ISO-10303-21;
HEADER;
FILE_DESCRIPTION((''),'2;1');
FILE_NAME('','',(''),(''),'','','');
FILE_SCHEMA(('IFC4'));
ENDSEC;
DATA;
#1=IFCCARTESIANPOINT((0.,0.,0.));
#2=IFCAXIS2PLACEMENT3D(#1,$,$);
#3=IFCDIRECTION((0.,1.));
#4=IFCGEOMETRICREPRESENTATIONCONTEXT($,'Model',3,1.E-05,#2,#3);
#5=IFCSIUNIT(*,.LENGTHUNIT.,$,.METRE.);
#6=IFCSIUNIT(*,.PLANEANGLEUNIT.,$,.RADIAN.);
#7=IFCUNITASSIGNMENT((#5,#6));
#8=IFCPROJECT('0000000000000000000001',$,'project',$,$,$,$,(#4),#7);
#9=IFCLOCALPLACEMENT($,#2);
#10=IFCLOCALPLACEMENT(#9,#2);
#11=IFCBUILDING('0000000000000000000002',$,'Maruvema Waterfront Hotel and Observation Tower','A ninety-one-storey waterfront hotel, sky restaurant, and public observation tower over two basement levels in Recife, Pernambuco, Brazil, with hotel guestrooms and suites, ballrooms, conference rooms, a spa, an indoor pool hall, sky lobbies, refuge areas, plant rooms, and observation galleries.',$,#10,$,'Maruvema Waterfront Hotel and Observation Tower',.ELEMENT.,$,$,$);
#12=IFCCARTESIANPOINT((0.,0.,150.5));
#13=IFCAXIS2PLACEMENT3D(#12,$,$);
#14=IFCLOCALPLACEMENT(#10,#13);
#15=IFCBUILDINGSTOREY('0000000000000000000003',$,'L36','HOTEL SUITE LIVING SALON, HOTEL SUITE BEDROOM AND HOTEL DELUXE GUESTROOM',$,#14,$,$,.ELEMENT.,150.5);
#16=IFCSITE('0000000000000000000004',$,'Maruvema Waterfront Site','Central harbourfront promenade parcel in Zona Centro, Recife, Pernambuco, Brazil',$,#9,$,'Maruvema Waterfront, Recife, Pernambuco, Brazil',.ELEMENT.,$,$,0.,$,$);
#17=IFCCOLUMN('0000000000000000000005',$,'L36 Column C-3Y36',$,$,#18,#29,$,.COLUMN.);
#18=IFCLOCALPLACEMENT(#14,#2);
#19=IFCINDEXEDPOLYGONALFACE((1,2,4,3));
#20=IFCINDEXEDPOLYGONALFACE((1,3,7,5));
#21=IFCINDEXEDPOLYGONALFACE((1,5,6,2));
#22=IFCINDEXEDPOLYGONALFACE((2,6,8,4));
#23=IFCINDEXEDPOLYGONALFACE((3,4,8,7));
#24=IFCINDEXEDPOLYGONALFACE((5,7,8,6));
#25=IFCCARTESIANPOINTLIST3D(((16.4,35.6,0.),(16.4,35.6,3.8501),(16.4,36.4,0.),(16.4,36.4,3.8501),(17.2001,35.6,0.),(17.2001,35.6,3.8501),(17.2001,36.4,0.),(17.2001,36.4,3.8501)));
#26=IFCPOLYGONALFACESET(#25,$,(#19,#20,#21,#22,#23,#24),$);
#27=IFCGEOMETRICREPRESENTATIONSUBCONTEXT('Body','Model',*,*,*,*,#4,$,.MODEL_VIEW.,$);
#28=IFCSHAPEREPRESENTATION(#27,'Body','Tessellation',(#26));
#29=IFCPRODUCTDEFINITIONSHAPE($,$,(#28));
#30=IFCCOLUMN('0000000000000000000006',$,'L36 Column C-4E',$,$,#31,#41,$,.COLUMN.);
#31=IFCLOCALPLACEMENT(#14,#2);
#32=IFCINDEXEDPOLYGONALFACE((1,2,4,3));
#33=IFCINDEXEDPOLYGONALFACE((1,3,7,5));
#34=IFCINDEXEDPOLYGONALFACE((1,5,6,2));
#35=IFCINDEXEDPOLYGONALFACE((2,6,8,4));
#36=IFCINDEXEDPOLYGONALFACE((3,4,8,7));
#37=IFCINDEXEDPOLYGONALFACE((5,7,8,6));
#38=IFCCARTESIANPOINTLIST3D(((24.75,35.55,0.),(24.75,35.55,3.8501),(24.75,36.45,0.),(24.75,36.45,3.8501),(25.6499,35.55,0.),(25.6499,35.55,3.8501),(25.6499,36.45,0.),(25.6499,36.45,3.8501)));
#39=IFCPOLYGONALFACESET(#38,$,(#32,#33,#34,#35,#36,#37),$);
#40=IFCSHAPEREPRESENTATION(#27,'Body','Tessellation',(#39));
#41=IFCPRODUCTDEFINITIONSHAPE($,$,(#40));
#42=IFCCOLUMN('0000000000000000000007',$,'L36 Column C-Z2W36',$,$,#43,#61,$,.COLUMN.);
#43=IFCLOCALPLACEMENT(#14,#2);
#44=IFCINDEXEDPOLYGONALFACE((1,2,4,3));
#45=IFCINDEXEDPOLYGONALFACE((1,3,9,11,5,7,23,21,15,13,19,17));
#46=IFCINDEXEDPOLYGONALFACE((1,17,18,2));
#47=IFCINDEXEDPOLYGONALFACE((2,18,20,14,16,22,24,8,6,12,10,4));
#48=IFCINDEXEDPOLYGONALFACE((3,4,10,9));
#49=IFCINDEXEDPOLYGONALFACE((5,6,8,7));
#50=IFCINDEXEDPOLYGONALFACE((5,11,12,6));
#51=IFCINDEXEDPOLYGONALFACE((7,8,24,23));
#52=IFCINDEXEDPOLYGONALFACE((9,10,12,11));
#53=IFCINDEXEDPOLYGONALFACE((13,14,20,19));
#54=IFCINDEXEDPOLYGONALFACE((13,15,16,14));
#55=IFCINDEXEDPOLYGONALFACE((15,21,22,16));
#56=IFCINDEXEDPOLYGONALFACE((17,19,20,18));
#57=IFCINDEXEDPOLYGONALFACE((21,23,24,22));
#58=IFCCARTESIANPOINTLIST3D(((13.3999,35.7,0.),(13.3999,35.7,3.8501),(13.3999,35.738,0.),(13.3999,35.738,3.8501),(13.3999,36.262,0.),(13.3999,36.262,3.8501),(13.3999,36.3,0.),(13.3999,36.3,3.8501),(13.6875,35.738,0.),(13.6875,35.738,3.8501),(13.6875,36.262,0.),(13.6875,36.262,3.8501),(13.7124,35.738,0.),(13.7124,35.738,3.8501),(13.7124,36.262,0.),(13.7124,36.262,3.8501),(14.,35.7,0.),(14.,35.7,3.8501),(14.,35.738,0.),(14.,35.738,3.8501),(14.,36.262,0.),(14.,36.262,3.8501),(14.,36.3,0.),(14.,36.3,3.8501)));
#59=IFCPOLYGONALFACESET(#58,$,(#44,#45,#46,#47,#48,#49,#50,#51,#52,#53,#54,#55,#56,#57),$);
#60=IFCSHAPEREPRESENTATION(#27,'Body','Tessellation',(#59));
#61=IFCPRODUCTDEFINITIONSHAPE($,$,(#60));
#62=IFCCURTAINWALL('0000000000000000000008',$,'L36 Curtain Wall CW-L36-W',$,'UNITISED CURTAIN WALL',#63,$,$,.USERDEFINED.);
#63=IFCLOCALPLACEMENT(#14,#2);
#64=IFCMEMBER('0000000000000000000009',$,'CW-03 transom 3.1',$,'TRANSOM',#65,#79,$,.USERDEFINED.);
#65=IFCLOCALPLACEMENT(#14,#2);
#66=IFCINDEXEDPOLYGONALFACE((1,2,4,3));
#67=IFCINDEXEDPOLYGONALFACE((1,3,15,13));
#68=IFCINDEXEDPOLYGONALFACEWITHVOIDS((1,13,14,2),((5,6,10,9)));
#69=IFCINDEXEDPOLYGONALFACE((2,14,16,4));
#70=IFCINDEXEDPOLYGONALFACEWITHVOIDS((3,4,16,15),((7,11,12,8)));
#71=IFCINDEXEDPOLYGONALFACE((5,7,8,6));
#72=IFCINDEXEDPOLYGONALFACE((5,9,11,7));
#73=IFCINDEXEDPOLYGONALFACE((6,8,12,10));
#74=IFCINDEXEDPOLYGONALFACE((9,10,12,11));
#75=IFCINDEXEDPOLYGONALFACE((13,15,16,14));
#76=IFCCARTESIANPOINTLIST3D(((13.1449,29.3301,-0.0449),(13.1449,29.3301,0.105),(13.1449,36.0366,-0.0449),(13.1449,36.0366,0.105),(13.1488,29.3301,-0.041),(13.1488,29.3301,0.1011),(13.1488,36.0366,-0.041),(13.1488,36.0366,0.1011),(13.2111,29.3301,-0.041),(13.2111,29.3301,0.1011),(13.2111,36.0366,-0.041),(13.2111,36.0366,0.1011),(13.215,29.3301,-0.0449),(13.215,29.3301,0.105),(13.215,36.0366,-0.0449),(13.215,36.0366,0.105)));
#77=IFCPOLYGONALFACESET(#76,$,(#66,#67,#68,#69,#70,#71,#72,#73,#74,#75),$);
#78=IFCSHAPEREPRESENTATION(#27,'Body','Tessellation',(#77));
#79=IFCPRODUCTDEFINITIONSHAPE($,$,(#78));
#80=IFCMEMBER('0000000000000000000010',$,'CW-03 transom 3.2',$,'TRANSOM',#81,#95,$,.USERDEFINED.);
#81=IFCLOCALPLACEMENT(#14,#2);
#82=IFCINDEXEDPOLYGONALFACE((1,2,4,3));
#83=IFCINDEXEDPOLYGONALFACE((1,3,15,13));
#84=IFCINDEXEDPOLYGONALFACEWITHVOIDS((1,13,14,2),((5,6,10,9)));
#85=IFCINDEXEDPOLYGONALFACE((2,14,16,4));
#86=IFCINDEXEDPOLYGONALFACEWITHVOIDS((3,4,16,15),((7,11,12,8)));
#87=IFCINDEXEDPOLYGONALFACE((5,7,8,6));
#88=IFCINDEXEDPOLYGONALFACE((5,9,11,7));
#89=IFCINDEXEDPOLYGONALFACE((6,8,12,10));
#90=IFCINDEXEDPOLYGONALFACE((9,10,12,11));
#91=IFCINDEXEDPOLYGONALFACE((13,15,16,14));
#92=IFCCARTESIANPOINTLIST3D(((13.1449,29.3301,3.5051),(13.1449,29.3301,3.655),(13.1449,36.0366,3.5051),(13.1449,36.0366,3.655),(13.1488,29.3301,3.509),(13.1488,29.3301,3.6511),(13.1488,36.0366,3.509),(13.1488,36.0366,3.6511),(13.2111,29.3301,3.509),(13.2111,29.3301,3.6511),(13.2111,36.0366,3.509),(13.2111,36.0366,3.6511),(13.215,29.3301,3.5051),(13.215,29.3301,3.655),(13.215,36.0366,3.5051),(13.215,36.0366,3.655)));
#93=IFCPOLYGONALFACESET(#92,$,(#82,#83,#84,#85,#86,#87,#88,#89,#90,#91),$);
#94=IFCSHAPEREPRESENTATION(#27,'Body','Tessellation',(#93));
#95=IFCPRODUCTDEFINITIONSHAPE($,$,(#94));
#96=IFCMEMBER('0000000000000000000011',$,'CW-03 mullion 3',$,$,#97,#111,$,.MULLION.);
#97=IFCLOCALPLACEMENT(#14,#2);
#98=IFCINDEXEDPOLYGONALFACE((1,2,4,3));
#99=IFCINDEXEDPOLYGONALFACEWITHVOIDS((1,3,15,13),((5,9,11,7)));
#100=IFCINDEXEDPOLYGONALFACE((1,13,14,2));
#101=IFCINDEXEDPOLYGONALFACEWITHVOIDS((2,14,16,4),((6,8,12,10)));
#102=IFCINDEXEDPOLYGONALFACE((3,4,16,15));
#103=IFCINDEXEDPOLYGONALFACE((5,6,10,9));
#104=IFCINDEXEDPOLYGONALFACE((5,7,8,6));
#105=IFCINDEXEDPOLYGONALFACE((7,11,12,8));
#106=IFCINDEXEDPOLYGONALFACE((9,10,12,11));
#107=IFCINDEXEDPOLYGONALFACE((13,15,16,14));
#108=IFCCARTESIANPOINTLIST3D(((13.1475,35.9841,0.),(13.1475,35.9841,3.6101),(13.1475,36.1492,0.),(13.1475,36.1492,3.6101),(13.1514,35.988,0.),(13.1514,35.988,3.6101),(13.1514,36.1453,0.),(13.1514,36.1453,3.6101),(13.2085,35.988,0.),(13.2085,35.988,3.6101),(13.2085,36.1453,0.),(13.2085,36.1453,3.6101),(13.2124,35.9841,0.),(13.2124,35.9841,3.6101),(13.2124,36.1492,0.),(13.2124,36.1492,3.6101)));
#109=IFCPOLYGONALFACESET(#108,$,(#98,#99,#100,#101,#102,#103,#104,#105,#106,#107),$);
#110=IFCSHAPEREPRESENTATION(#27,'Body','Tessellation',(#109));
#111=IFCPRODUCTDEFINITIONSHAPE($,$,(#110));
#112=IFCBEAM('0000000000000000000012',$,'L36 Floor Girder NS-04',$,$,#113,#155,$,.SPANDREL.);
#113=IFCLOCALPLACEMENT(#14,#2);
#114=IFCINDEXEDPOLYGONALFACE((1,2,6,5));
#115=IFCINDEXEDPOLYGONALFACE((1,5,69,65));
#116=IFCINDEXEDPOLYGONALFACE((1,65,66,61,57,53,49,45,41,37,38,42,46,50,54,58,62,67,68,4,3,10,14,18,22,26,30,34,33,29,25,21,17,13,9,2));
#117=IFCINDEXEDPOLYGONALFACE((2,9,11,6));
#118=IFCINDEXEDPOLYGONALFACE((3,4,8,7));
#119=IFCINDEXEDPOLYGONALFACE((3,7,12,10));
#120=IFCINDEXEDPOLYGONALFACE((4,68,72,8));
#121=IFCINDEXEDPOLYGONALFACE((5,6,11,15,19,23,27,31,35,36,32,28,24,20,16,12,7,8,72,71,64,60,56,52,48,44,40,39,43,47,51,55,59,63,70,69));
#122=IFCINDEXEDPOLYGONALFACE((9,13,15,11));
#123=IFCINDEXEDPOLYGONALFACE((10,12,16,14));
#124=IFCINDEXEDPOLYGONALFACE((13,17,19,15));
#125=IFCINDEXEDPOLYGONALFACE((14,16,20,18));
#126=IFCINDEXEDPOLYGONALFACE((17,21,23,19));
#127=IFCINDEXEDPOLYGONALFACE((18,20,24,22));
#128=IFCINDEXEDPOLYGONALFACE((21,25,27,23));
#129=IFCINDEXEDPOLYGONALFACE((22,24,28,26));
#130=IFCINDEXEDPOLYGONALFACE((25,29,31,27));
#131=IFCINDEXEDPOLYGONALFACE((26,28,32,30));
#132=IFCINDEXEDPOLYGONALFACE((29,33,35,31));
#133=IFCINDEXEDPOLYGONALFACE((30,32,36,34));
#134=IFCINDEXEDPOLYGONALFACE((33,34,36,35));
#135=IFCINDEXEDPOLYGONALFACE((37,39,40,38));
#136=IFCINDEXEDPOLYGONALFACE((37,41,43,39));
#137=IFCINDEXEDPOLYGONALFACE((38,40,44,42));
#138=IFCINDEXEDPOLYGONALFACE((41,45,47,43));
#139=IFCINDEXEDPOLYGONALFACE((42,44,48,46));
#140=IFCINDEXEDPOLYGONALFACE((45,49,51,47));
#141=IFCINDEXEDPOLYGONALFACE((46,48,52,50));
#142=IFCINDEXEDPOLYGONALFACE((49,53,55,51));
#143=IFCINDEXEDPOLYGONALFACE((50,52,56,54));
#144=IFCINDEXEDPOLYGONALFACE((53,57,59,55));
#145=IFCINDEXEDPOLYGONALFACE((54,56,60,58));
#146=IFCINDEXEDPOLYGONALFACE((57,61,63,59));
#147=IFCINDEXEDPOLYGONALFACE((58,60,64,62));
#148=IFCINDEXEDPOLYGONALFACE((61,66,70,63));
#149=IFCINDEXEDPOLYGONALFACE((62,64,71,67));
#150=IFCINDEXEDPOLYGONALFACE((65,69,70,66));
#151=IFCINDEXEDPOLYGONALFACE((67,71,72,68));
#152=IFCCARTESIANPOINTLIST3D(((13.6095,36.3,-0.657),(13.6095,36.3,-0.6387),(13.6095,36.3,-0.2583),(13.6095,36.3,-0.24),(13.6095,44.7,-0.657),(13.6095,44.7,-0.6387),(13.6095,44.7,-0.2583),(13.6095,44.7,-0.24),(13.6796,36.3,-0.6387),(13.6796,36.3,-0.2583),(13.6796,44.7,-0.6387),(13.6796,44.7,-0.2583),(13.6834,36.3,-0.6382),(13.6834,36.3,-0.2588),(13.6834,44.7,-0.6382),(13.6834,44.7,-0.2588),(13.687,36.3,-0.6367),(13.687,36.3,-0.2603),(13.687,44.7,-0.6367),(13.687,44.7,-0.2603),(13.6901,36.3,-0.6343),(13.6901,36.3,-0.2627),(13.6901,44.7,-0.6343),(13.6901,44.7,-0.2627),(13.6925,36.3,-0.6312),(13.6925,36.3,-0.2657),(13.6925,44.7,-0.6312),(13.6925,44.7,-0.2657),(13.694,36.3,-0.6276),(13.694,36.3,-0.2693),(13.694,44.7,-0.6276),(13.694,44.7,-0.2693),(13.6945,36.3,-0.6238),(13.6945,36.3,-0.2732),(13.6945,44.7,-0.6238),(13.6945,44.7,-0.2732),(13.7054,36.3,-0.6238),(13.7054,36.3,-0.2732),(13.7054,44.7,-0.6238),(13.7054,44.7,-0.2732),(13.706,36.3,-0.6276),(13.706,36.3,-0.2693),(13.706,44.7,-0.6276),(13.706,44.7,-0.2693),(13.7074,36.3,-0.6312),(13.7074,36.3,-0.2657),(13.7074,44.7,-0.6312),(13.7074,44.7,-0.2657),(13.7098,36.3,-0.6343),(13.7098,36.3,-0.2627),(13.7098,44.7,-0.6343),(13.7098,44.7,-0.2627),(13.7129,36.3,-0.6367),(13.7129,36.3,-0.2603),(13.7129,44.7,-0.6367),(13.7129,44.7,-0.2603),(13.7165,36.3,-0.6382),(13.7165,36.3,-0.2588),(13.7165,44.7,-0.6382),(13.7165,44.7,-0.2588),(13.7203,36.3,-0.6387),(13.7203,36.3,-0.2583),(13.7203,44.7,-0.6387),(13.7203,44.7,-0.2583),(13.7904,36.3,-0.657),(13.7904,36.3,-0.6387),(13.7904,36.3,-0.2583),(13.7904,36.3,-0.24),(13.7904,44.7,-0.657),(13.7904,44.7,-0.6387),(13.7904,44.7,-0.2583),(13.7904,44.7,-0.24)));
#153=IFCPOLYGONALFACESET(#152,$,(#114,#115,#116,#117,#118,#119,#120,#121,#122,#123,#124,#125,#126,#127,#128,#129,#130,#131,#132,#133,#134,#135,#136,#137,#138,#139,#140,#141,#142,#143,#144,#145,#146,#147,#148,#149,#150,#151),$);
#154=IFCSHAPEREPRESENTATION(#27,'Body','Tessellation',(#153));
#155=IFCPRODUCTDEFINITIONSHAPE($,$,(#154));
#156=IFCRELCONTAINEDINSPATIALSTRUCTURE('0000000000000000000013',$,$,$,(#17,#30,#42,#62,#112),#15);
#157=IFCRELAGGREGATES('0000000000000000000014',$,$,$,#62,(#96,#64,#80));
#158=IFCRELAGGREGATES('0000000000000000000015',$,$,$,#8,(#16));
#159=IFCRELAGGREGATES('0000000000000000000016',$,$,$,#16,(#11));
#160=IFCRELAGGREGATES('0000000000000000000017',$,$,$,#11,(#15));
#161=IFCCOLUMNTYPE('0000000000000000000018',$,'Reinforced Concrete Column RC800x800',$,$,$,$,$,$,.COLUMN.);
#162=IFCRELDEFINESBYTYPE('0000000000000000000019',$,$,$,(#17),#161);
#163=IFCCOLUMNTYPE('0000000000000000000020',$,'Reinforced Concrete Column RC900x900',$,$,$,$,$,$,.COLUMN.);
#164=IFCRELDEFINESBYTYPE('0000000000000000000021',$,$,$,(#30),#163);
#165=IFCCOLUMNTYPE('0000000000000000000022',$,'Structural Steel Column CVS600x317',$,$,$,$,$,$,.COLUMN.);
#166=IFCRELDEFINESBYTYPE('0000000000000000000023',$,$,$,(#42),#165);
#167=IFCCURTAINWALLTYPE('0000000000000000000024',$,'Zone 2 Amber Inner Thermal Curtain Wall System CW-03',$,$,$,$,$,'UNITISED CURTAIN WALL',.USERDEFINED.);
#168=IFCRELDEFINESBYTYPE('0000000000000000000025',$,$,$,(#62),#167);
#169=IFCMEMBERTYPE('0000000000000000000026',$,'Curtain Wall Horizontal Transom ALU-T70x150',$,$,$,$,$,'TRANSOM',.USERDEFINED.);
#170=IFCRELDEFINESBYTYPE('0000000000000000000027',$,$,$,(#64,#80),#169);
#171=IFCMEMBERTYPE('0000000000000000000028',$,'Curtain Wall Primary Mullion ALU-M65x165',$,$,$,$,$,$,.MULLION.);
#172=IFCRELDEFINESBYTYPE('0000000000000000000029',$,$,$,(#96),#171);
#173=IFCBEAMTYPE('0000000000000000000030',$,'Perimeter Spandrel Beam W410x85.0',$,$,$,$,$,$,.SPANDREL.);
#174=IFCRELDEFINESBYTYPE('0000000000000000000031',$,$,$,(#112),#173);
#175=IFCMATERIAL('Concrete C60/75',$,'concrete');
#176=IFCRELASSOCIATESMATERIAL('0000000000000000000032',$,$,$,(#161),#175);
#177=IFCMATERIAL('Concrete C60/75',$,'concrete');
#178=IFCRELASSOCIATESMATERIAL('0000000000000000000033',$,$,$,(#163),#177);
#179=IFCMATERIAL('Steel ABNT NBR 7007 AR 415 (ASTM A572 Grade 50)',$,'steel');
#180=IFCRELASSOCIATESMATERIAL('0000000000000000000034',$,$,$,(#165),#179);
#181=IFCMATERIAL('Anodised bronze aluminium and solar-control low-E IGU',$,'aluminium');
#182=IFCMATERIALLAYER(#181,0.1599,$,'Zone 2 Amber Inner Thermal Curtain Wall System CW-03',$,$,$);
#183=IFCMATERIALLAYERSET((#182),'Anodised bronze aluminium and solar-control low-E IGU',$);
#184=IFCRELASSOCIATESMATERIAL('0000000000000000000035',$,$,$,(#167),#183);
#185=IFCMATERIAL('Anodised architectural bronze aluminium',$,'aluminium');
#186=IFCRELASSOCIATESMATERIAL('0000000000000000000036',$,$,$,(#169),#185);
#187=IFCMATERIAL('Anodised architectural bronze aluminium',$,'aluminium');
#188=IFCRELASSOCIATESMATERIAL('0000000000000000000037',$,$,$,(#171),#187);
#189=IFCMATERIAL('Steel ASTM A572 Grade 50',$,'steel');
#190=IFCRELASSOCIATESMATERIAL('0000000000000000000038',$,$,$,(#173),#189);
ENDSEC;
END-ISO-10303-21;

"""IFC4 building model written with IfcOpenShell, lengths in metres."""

from ifc_helpers import new_model, si_unit, direction, frame, origin, origin_2d, place, context, subcontext, project, spatial, rectangle, hollow_rectangle, i_section, extrude, material, layer, layer_set, material_profile, profile_set, type_object, element, aggregate, save


model = new_model("IFC4")

# Units and contexts
model_context = context("Model", 3, precision=1e-05, world=origin(), true_north=direction((0.0, 1.0)))
body_context = subcontext(model_context, "Body", "Model", "MODEL_VIEW")
ifc_project = project(units=[si_unit("LENGTHUNIT", "METRE"), si_unit("PLANEANGLEUNIT", "RADIAN")], contexts=[model_context])

# Site, building, storey
site_placement = place(None, origin())
site = spatial("IfcSite", under=ifc_project, at=site_placement, Name="Maruvema Waterfront Site", Description="Central harbourfront promenade parcel in Zona Centro, Recife, Pernambuco, Brazil", LongName="Maruvema Waterfront, Recife, Pernambuco, Brazil", CompositionType="ELEMENT", RefElevation=0.0)
building_placement = place(site_placement, origin())
building = spatial("IfcBuilding", under=site, at=building_placement, Name="Maruvema Waterfront Hotel and Observation Tower", Description="A ninety-one-storey waterfront hotel, sky restaurant, and public observation tower over two basement levels in Recife, Pernambuco, Brazil, with hotel guestrooms and suites, ballrooms, conference rooms, a spa, an indoor pool hall, sky lobbies, refuge areas, plant rooms, and observation galleries.", LongName="Maruvema Waterfront Hotel and Observation Tower", CompositionType="ELEMENT")
storey_placement = place(building_placement, frame((0.0, 0.0, 150.5)))
storey = spatial("IfcBuildingStorey", under=building, at=storey_placement, Name="L36", Description="HOTEL SUITE LIVING SALON, HOTEL SUITE BEDROOM AND HOTEL DELUXE GUESTROOM", CompositionType="ELEMENT", Elevation=150.5)

# Columns
ifc_material_1 = material(Name="Concrete C60/75", Category="concrete")
ifc_material_profile_1 = material_profile(ifc_material_1, rectangle(XDim=0.8, YDim=0.8, at=origin_2d()), Name="RC800x800")
ifc_profile_set_1 = profile_set([ifc_material_profile_1], Name="Concrete C60/75")
column_type_1 = type_object("IfcColumnType", Name="Reinforced Concrete Column RC800x800", PredefinedType="COLUMN", material=ifc_profile_set_1)
column_1_placement = place(storey_placement, frame((16.8, 36.0, 0.0), z_axis=(0.0, 0.0, 1.0), x_axis=(1.0, 0.0, 0.0)))
element("IfcColumn", 1, at=column_1_placement, inside=storey, type_object=column_type_1, Name="L36 Column C-3Y36", PredefinedType="COLUMN", context=body_context, shape_type="SweptSolid", body=[
    extrude(rectangle(XDim=0.8, YDim=0.8, at=origin_2d()), origin(), (0.0, 0.0, 1.0), 3.8501),
])
ifc_material_2 = material(Name="Concrete C60/75", Category="concrete")
ifc_material_profile_2 = material_profile(ifc_material_2, rectangle(XDim=0.8999, YDim=0.8999, at=origin_2d()), Name="RC900x900")
ifc_profile_set_2 = profile_set([ifc_material_profile_2], Name="Concrete C60/75")
column_type_2 = type_object("IfcColumnType", Name="Reinforced Concrete Column RC900x900", PredefinedType="COLUMN", material=ifc_profile_set_2)
column_2_placement = place(storey_placement, frame((25.2, 36.0, 0.0), z_axis=(0.0, 0.0, 1.0), x_axis=(1.0, 0.0, 0.0)))
element("IfcColumn", 2, at=column_2_placement, inside=storey, type_object=column_type_2, Name="L36 Column C-4E", PredefinedType="COLUMN", context=body_context, shape_type="SweptSolid", body=[
    extrude(rectangle(XDim=0.8999, YDim=0.8999, at=origin_2d()), origin(), (0.0, 0.0, 1.0), 3.8501),
])
ifc_material_3 = material(Name="Steel ABNT NBR 7007 AR 415 (ASTM A572 Grade 50)", Category="steel")
ifc_material_profile_3 = material_profile(ifc_material_3, i_section(OverallWidth=0.6001, OverallDepth=0.6001, WebThickness=0.0249, FlangeThickness=0.0381, at=origin_2d()), Name="CVS600x317")
ifc_profile_set_3 = profile_set([ifc_material_profile_3], Name="Steel ABNT NBR 7007 AR 415 (ASTM A572 Grade 50)")
column_type_3 = type_object("IfcColumnType", Name="Structural Steel Column CVS600x317", PredefinedType="COLUMN", material=ifc_profile_set_3)
column_3_placement = place(storey_placement, frame((13.7, 36.0, 0.0), z_axis=(0.0, 0.0, 1.0), x_axis=(1.0, 0.0, 0.0)))
element("IfcColumn", 3, at=column_3_placement, inside=storey, type_object=column_type_3, Name="L36 Column C-Z2W36", PredefinedType="COLUMN", context=body_context, shape_type="SweptSolid", body=[
    extrude(i_section(OverallWidth=0.6001, OverallDepth=0.6001, WebThickness=0.0249, FlangeThickness=0.0381, at=origin_2d()), origin(), (0.0, 0.0, 1.0), 3.8501),
])

# Curtain wall, members
ifc_material_4 = material(Name="Anodised bronze aluminium and solar-control low-E IGU", Category="aluminium")
ifc_layer_1 = layer(ifc_material_4, 0.1599, Name="Zone 2 Amber Inner Thermal Curtain Wall System CW-03")
ifc_layer_set_1 = layer_set([ifc_layer_1], Name="Anodised bronze aluminium and solar-control low-E IGU")
curtain_wall_type = type_object("IfcCurtainWallType", Name="Zone 2 Amber Inner Thermal Curtain Wall System CW-03", ElementType="UNITISED CURTAIN WALL", PredefinedType="USERDEFINED", material=ifc_layer_set_1)
curtain_wall_placement = place(storey_placement, origin())
curtain_wall = element("IfcCurtainWall", 4, at=curtain_wall_placement, inside=storey, type_object=curtain_wall_type, Name="L36 Curtain Wall CW-L36-W", ObjectType="UNITISED CURTAIN WALL", PredefinedType="USERDEFINED")
ifc_material_5 = material(Name="Anodised architectural bronze aluminium", Category="aluminium")
ifc_material_profile_4 = material_profile(ifc_material_5, hollow_rectangle(XDim=0.0701, YDim=0.1499, WallThickness=0.0039, at=origin_2d()), Name="ALU-T70x150")
ifc_profile_set_4 = profile_set([ifc_material_profile_4], Name="Anodised architectural bronze aluminium")
member_type_1 = type_object("IfcMemberType", Name="Curtain Wall Horizontal Transom ALU-T70x150", ElementType="TRANSOM", PredefinedType="USERDEFINED", material=ifc_profile_set_4)
member_1_placement = place(storey_placement, frame((13.1799, 36.0366, 0.03), z_axis=(0.0, -1.0, 0.0), x_axis=(1.0, 0.0, 0.0)))
member_1 = element("IfcMember", 5, at=member_1_placement, type_object=member_type_1, Name="CW-03 transom 3.1", ObjectType="TRANSOM", PredefinedType="USERDEFINED", context=body_context, shape_type="SweptSolid", body=[
    extrude(hollow_rectangle(XDim=0.0701, YDim=0.1499, WallThickness=0.0039, at=origin_2d()), origin(), (0.0, 0.0, 1.0), 6.7065),
])
member_2_placement = place(storey_placement, frame((13.1799, 36.0366, 3.5801), z_axis=(0.0, -1.0, 0.0), x_axis=(1.0, 0.0, 0.0)))
member_2 = element("IfcMember", 6, at=member_2_placement, type_object=member_type_1, Name="CW-03 transom 3.2", ObjectType="TRANSOM", PredefinedType="USERDEFINED", context=body_context, shape_type="SweptSolid", body=[
    extrude(hollow_rectangle(XDim=0.0701, YDim=0.1499, WallThickness=0.0039, at=origin_2d()), origin(), (0.0, 0.0, 1.0), 6.7065),
])
ifc_material_6 = material(Name="Anodised architectural bronze aluminium", Category="aluminium")
ifc_material_profile_5 = material_profile(ifc_material_6, hollow_rectangle(XDim=0.0649, YDim=0.165, WallThickness=0.0039, at=origin_2d()), Name="ALU-M65x165")
ifc_profile_set_5 = profile_set([ifc_material_profile_5], Name="Anodised architectural bronze aluminium")
member_type_2 = type_object("IfcMemberType", Name="Curtain Wall Primary Mullion ALU-M65x165", PredefinedType="MULLION", material=ifc_profile_set_5)
member_3_placement = place(storey_placement, frame((13.1799, 36.0667, 0.0), z_axis=(0.0, 0.0, 1.0), x_axis=(1.0, 0.0, 0.0)))
member_3 = element("IfcMember", 7, at=member_3_placement, type_object=member_type_2, Name="CW-03 mullion 3", PredefinedType="MULLION", context=body_context, shape_type="SweptSolid", body=[
    extrude(hollow_rectangle(XDim=0.0649, YDim=0.165, WallThickness=0.0039, at=origin_2d()), origin(), (0.0, 0.0, 1.0), 3.6101),
])

# Beam
ifc_material_7 = material(Name="Steel ASTM A572 Grade 50", Category="steel")
ifc_material_profile_6 = material_profile(ifc_material_7, i_section(OverallWidth=0.1809, OverallDepth=0.417, WebThickness=0.011, FlangeThickness=0.0183, FilletRadius=0.0149, at=origin_2d()), Name="W410x85.0")
ifc_profile_set_6 = profile_set([ifc_material_profile_6], Name="Steel ASTM A572 Grade 50")
beam_type_1 = type_object("IfcBeamType", Name="Perimeter Spandrel Beam W410x85.0", PredefinedType="SPANDREL", material=ifc_profile_set_6)
beam_1_placement = place(storey_placement, frame((13.7, 36.3, -0.4485), z_axis=(0.0, 1.0, 0.0), x_axis=(-1.0, 0.0, 0.0)))
element("IfcBeam", 8, at=beam_1_placement, inside=storey, type_object=beam_type_1, Name="L36 Floor Girder NS-04", PredefinedType="SPANDREL", context=body_context, shape_type="SweptSolid", body=[
    extrude(i_section(OverallWidth=0.1809, OverallDepth=0.417, WebThickness=0.011, FlangeThickness=0.0183, FilletRadius=0.0149, at=origin_2d()), origin(), (0.0, 0.0, 1.0), 8.3999),
])

aggregate(curtain_wall, [member_3, member_1, member_2])

save(model, "model.ifc")
